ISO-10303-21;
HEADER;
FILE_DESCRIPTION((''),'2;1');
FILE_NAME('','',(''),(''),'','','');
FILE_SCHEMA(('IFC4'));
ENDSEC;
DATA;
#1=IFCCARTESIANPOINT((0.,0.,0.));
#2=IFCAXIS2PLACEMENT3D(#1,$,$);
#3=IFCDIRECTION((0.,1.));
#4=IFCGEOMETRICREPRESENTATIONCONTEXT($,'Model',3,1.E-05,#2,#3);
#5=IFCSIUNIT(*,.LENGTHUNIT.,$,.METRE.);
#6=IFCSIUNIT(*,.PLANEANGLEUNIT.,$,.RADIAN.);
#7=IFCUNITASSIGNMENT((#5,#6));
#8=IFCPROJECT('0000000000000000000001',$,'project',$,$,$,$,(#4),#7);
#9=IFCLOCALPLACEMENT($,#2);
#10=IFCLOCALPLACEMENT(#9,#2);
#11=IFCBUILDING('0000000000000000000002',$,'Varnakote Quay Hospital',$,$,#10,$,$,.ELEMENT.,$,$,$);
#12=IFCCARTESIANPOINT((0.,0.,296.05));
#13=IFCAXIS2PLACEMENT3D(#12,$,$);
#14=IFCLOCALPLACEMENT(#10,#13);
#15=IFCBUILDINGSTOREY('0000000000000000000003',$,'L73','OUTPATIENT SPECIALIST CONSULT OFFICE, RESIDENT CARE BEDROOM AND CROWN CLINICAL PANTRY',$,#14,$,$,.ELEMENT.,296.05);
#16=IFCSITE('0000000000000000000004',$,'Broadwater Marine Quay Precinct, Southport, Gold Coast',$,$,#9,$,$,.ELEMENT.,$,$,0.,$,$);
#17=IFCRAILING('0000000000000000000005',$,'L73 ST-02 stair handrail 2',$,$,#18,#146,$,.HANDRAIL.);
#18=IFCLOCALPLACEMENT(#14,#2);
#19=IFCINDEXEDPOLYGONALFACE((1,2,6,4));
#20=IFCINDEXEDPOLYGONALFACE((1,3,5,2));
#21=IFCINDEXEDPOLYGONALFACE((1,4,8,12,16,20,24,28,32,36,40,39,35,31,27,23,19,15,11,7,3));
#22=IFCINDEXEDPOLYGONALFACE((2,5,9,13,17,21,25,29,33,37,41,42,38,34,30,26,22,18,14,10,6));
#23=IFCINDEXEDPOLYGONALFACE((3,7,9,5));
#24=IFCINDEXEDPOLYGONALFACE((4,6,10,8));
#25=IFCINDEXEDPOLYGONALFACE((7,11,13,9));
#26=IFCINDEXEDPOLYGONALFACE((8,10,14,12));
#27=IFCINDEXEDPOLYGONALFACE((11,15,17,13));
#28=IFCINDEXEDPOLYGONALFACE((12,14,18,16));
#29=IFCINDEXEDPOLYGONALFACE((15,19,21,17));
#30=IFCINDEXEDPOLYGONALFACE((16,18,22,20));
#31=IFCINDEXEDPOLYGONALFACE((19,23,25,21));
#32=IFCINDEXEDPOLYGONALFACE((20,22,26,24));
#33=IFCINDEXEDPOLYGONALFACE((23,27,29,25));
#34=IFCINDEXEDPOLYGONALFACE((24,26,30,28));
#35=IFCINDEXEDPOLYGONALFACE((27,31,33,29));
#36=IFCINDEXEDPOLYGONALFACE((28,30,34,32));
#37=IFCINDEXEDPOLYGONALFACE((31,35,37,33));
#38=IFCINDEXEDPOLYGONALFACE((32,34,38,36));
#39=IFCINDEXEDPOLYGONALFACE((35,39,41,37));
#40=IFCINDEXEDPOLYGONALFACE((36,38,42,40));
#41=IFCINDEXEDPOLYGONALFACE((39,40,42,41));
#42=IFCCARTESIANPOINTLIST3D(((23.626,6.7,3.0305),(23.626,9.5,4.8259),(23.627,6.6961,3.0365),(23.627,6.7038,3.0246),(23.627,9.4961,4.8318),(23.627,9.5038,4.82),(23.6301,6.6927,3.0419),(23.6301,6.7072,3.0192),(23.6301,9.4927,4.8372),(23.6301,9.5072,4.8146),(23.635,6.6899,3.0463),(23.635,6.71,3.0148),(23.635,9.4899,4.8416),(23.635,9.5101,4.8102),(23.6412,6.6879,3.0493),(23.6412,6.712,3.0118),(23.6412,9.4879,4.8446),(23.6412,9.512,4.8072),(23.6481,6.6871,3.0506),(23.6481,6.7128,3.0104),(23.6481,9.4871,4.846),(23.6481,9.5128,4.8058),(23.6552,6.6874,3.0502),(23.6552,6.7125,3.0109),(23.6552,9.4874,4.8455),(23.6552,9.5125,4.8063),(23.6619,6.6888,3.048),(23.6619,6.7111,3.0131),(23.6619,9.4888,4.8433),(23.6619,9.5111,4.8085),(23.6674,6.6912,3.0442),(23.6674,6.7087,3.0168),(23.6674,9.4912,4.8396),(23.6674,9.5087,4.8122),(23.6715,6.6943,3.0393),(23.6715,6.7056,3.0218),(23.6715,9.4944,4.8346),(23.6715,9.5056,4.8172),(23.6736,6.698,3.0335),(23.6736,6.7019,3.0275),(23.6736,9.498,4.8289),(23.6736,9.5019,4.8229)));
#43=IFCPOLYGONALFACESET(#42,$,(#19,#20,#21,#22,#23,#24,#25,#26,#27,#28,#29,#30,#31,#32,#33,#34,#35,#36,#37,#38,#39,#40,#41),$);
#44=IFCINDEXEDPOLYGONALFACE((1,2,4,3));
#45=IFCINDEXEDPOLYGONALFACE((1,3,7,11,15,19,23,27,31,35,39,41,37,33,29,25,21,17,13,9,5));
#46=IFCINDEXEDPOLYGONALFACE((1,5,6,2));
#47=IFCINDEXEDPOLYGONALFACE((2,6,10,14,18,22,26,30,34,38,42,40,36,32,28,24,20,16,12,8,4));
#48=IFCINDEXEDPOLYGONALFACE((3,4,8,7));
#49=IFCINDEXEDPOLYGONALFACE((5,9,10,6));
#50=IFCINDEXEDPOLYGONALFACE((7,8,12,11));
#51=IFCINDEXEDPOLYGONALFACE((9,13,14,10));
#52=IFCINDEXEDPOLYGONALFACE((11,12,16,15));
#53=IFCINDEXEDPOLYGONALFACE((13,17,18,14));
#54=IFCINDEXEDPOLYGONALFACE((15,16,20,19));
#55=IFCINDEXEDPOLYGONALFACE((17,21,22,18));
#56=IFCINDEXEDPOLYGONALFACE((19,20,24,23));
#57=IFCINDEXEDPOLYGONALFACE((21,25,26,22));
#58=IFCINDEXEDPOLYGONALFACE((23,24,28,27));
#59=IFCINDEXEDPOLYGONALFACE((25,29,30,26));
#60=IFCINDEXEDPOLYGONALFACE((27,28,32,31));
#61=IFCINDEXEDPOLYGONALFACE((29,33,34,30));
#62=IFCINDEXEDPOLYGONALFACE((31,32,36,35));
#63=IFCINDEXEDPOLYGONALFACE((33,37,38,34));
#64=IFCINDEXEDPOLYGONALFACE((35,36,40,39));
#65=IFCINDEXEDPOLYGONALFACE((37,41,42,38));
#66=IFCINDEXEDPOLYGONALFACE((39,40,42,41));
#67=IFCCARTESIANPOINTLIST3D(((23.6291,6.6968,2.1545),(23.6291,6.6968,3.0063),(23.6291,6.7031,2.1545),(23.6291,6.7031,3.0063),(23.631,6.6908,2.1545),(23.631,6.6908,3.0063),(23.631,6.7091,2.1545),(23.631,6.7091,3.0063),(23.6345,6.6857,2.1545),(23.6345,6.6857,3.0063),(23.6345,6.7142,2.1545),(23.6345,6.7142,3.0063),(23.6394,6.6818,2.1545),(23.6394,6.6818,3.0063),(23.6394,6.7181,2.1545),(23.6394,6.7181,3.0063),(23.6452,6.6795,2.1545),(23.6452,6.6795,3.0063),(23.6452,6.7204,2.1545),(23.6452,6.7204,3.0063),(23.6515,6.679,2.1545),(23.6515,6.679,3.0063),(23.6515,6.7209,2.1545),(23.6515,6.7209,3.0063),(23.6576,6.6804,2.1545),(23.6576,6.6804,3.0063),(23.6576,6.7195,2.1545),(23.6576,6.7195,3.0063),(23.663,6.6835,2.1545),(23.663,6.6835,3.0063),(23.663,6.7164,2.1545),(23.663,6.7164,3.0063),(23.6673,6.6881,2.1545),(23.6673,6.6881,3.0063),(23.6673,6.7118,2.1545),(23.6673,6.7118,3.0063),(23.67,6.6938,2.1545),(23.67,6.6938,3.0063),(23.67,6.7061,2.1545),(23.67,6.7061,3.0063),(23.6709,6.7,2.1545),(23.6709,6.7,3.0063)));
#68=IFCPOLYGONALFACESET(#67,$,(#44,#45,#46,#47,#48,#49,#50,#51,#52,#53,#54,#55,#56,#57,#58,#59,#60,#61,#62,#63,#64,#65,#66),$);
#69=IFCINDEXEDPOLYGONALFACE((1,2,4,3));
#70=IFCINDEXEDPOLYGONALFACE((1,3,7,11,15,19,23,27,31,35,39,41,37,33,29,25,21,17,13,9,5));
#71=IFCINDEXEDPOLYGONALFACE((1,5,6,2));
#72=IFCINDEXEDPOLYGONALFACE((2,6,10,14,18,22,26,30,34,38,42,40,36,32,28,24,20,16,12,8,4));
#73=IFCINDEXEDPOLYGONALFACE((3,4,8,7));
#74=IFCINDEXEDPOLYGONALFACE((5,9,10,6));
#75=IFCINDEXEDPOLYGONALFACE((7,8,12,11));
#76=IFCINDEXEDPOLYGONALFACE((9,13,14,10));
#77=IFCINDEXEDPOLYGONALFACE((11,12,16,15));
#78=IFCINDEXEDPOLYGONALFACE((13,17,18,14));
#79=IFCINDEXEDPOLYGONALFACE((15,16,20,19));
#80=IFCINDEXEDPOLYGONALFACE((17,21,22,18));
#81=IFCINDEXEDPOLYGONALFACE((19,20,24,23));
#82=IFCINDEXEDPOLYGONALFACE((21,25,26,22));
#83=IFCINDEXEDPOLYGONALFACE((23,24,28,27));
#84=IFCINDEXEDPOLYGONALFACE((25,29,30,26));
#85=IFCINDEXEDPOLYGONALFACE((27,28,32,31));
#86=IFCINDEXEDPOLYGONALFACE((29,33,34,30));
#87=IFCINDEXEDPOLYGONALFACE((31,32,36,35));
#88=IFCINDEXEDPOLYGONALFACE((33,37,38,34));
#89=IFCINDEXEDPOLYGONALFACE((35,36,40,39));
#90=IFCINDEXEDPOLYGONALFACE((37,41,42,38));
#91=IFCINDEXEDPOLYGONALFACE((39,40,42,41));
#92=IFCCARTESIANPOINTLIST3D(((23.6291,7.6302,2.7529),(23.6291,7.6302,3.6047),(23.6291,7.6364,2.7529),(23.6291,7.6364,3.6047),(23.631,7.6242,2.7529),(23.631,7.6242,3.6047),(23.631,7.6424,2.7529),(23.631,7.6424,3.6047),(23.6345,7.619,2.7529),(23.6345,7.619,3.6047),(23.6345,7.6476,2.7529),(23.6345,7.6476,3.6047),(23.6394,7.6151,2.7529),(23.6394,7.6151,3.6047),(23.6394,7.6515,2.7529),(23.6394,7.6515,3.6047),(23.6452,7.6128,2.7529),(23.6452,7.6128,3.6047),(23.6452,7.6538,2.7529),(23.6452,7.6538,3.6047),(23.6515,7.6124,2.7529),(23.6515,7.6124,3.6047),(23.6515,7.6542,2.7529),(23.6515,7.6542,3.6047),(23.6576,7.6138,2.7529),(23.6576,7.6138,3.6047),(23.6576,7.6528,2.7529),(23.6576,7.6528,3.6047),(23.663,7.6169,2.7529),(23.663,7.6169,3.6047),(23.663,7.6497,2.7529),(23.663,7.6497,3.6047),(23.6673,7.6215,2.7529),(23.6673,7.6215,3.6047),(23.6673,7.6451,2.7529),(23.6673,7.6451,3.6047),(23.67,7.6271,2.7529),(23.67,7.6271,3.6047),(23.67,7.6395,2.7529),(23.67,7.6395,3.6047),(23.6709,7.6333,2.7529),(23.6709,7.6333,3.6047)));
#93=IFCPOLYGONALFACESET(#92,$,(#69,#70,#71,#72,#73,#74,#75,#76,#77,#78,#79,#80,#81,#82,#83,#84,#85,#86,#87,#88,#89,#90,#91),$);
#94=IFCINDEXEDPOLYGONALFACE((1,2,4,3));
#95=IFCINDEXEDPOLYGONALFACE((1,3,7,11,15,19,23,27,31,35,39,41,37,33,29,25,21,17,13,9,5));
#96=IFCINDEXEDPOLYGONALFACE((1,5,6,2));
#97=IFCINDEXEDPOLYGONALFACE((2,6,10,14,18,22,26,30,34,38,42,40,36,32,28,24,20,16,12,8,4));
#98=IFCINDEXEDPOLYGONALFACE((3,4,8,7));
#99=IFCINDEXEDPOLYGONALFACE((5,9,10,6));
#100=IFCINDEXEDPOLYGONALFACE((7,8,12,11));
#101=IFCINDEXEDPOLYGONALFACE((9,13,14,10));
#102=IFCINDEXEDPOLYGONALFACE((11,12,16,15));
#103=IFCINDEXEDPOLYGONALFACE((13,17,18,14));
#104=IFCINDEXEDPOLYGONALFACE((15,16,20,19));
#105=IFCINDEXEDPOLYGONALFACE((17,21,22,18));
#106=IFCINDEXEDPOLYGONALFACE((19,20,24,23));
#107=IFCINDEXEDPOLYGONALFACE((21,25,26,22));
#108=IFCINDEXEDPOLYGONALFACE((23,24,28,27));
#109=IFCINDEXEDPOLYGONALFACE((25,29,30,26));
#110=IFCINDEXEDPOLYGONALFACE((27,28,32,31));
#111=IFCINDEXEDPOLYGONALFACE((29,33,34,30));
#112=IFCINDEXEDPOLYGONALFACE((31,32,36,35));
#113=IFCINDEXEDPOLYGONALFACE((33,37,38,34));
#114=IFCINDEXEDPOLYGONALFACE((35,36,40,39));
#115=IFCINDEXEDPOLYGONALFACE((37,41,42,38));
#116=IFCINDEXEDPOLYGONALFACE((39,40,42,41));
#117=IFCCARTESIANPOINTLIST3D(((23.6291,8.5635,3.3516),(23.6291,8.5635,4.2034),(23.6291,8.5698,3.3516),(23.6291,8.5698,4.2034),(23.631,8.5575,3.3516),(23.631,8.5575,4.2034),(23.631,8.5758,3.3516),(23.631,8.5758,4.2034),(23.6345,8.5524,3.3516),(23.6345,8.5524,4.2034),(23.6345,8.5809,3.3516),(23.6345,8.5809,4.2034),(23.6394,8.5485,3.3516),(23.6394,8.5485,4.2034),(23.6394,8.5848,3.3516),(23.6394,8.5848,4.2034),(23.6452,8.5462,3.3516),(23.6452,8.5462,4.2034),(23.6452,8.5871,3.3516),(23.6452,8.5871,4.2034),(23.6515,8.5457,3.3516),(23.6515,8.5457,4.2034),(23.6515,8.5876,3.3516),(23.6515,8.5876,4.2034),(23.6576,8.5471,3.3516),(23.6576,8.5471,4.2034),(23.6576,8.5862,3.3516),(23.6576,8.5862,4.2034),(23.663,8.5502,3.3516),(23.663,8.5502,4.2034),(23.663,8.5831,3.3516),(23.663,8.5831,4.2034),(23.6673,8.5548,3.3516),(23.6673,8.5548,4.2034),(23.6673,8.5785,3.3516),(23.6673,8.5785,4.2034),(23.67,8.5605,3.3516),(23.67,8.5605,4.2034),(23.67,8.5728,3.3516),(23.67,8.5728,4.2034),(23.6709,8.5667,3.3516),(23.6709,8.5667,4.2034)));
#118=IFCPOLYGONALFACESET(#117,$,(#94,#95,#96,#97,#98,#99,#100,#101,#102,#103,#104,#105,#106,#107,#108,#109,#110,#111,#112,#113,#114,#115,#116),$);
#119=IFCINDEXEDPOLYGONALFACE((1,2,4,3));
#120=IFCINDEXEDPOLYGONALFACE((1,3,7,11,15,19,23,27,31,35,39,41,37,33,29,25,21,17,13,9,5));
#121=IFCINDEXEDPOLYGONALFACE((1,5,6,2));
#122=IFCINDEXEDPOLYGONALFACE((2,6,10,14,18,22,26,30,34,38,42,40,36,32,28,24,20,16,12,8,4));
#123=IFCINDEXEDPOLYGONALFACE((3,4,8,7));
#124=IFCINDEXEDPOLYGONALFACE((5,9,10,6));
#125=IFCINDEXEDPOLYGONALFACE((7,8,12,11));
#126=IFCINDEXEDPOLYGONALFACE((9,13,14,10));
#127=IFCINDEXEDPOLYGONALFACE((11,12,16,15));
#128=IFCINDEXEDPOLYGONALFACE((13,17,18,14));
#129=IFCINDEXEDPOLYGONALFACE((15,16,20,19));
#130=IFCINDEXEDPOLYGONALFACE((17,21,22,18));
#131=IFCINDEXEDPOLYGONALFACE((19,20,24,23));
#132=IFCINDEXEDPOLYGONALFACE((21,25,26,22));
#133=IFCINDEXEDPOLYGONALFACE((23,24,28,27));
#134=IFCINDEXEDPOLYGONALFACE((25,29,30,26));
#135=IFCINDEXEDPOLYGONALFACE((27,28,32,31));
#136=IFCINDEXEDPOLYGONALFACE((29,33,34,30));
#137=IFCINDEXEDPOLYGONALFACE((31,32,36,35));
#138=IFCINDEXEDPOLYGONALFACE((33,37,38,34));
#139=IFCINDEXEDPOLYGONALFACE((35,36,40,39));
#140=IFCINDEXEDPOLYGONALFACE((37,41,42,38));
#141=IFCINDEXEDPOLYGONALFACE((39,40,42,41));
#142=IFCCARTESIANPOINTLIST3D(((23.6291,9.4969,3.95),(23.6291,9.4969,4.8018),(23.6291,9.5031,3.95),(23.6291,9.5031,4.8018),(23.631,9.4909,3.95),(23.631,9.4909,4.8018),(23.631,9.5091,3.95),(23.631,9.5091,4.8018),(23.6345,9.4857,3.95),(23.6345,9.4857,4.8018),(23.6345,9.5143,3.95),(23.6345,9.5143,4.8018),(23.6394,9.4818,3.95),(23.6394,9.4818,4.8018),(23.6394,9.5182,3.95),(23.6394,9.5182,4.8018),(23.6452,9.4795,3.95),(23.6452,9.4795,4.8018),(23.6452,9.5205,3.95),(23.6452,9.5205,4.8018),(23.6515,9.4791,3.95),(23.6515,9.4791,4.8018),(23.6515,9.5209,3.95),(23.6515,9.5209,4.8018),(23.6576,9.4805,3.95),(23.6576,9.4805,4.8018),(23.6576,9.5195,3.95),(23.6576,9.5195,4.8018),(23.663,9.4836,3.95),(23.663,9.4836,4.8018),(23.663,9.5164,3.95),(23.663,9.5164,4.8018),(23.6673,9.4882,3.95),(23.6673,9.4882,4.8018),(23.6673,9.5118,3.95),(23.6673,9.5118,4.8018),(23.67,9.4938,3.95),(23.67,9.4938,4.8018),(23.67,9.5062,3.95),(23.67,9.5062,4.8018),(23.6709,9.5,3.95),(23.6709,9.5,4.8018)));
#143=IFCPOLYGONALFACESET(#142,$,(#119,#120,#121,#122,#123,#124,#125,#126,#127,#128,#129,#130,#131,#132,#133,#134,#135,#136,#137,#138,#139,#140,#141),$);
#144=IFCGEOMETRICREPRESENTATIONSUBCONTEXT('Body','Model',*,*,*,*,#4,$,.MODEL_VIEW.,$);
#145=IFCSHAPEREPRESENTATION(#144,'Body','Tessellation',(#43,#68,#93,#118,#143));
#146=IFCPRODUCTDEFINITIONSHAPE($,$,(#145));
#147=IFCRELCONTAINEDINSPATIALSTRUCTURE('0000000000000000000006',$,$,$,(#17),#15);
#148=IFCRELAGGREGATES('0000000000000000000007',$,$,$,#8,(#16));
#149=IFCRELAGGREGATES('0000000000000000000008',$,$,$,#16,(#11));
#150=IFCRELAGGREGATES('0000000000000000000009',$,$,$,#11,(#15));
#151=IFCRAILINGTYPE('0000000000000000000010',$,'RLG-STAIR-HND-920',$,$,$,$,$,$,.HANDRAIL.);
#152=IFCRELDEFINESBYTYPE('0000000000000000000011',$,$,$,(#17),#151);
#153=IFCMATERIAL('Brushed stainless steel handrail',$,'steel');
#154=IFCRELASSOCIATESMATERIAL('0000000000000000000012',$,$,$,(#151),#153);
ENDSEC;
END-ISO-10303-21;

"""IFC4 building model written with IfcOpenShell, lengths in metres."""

from ifc_helpers import new_model, si_unit, direction, frame, origin, origin_2d, place, context, subcontext, project, spatial, circle, extrude, material, type_object, element, save


model = new_model("IFC4")

# Units and contexts
model_context = context("Model", 3, precision=1e-05, world=origin(), true_north=direction((0.0, 1.0)))
body_context = subcontext(model_context, "Body", "Model", "MODEL_VIEW")
ifc_project = project(units=[si_unit("LENGTHUNIT", "METRE"), si_unit("PLANEANGLEUNIT", "RADIAN")], contexts=[model_context])

# Site, building, storey
site_placement = place(None, origin())
site = spatial("IfcSite", under=ifc_project, at=site_placement, Name="Broadwater Marine Quay Precinct, Southport, Gold Coast", CompositionType="ELEMENT", RefElevation=0.0)
building_placement = place(site_placement, origin())
building = spatial("IfcBuilding", under=site, at=building_placement, Name="Varnakote Quay Hospital", CompositionType="ELEMENT")
storey_placement = place(building_placement, frame((0.0, 0.0, 296.05)))
storey = spatial("IfcBuildingStorey", under=building, at=storey_placement, Name="L73", Description="OUTPATIENT SPECIALIST CONSULT OFFICE, RESIDENT CARE BEDROOM AND CROWN CLINICAL PANTRY", CompositionType="ELEMENT", Elevation=296.05)

# Railing
ifc_material_1 = material(Name="Brushed stainless steel handrail", Category="steel")
railing_type_1 = type_object("IfcRailingType", Name="RLG-STAIR-HND-920", PredefinedType="HANDRAIL", material=ifc_material_1)
railing_1_placement = place(storey_placement, frame((23.6499, 6.7, 2.1545)))
element("IfcRailing", 1, at=railing_1_placement, inside=storey, type_object=railing_type_1, Name="L73 ST-02 stair handrail 2", PredefinedType="HANDRAIL", context=body_context, shape_type="SweptSolid", body=[
    extrude(circle(Radius=0.0239, at=origin_2d()), frame((0.0, 0.0, 0.876), z_axis=(0.0, 0.84181, 0.539774), x_axis=(-1.0, 0.0, 0.0)), (0.0, 0.0, 1.0), 3.3262),
    extrude(circle(Radius=0.021, at=origin_2d()), origin(), (0.0, 0.0, 1.0), 0.8518),
    extrude(circle(Radius=0.021, at=origin_2d()), frame((0.0, 0.9333, 0.5984)), (0.0, 0.0, 1.0), 0.8518),
    extrude(circle(Radius=0.021, at=origin_2d()), frame((0.0, 1.8667, 1.197)), (0.0, 0.0, 1.0), 0.8518),
    extrude(circle(Radius=0.021, at=origin_2d()), frame((0.0, 2.8, 1.7954)), (0.0, 0.0, 1.0), 0.8518),
])

save(model, "model.ifc")
